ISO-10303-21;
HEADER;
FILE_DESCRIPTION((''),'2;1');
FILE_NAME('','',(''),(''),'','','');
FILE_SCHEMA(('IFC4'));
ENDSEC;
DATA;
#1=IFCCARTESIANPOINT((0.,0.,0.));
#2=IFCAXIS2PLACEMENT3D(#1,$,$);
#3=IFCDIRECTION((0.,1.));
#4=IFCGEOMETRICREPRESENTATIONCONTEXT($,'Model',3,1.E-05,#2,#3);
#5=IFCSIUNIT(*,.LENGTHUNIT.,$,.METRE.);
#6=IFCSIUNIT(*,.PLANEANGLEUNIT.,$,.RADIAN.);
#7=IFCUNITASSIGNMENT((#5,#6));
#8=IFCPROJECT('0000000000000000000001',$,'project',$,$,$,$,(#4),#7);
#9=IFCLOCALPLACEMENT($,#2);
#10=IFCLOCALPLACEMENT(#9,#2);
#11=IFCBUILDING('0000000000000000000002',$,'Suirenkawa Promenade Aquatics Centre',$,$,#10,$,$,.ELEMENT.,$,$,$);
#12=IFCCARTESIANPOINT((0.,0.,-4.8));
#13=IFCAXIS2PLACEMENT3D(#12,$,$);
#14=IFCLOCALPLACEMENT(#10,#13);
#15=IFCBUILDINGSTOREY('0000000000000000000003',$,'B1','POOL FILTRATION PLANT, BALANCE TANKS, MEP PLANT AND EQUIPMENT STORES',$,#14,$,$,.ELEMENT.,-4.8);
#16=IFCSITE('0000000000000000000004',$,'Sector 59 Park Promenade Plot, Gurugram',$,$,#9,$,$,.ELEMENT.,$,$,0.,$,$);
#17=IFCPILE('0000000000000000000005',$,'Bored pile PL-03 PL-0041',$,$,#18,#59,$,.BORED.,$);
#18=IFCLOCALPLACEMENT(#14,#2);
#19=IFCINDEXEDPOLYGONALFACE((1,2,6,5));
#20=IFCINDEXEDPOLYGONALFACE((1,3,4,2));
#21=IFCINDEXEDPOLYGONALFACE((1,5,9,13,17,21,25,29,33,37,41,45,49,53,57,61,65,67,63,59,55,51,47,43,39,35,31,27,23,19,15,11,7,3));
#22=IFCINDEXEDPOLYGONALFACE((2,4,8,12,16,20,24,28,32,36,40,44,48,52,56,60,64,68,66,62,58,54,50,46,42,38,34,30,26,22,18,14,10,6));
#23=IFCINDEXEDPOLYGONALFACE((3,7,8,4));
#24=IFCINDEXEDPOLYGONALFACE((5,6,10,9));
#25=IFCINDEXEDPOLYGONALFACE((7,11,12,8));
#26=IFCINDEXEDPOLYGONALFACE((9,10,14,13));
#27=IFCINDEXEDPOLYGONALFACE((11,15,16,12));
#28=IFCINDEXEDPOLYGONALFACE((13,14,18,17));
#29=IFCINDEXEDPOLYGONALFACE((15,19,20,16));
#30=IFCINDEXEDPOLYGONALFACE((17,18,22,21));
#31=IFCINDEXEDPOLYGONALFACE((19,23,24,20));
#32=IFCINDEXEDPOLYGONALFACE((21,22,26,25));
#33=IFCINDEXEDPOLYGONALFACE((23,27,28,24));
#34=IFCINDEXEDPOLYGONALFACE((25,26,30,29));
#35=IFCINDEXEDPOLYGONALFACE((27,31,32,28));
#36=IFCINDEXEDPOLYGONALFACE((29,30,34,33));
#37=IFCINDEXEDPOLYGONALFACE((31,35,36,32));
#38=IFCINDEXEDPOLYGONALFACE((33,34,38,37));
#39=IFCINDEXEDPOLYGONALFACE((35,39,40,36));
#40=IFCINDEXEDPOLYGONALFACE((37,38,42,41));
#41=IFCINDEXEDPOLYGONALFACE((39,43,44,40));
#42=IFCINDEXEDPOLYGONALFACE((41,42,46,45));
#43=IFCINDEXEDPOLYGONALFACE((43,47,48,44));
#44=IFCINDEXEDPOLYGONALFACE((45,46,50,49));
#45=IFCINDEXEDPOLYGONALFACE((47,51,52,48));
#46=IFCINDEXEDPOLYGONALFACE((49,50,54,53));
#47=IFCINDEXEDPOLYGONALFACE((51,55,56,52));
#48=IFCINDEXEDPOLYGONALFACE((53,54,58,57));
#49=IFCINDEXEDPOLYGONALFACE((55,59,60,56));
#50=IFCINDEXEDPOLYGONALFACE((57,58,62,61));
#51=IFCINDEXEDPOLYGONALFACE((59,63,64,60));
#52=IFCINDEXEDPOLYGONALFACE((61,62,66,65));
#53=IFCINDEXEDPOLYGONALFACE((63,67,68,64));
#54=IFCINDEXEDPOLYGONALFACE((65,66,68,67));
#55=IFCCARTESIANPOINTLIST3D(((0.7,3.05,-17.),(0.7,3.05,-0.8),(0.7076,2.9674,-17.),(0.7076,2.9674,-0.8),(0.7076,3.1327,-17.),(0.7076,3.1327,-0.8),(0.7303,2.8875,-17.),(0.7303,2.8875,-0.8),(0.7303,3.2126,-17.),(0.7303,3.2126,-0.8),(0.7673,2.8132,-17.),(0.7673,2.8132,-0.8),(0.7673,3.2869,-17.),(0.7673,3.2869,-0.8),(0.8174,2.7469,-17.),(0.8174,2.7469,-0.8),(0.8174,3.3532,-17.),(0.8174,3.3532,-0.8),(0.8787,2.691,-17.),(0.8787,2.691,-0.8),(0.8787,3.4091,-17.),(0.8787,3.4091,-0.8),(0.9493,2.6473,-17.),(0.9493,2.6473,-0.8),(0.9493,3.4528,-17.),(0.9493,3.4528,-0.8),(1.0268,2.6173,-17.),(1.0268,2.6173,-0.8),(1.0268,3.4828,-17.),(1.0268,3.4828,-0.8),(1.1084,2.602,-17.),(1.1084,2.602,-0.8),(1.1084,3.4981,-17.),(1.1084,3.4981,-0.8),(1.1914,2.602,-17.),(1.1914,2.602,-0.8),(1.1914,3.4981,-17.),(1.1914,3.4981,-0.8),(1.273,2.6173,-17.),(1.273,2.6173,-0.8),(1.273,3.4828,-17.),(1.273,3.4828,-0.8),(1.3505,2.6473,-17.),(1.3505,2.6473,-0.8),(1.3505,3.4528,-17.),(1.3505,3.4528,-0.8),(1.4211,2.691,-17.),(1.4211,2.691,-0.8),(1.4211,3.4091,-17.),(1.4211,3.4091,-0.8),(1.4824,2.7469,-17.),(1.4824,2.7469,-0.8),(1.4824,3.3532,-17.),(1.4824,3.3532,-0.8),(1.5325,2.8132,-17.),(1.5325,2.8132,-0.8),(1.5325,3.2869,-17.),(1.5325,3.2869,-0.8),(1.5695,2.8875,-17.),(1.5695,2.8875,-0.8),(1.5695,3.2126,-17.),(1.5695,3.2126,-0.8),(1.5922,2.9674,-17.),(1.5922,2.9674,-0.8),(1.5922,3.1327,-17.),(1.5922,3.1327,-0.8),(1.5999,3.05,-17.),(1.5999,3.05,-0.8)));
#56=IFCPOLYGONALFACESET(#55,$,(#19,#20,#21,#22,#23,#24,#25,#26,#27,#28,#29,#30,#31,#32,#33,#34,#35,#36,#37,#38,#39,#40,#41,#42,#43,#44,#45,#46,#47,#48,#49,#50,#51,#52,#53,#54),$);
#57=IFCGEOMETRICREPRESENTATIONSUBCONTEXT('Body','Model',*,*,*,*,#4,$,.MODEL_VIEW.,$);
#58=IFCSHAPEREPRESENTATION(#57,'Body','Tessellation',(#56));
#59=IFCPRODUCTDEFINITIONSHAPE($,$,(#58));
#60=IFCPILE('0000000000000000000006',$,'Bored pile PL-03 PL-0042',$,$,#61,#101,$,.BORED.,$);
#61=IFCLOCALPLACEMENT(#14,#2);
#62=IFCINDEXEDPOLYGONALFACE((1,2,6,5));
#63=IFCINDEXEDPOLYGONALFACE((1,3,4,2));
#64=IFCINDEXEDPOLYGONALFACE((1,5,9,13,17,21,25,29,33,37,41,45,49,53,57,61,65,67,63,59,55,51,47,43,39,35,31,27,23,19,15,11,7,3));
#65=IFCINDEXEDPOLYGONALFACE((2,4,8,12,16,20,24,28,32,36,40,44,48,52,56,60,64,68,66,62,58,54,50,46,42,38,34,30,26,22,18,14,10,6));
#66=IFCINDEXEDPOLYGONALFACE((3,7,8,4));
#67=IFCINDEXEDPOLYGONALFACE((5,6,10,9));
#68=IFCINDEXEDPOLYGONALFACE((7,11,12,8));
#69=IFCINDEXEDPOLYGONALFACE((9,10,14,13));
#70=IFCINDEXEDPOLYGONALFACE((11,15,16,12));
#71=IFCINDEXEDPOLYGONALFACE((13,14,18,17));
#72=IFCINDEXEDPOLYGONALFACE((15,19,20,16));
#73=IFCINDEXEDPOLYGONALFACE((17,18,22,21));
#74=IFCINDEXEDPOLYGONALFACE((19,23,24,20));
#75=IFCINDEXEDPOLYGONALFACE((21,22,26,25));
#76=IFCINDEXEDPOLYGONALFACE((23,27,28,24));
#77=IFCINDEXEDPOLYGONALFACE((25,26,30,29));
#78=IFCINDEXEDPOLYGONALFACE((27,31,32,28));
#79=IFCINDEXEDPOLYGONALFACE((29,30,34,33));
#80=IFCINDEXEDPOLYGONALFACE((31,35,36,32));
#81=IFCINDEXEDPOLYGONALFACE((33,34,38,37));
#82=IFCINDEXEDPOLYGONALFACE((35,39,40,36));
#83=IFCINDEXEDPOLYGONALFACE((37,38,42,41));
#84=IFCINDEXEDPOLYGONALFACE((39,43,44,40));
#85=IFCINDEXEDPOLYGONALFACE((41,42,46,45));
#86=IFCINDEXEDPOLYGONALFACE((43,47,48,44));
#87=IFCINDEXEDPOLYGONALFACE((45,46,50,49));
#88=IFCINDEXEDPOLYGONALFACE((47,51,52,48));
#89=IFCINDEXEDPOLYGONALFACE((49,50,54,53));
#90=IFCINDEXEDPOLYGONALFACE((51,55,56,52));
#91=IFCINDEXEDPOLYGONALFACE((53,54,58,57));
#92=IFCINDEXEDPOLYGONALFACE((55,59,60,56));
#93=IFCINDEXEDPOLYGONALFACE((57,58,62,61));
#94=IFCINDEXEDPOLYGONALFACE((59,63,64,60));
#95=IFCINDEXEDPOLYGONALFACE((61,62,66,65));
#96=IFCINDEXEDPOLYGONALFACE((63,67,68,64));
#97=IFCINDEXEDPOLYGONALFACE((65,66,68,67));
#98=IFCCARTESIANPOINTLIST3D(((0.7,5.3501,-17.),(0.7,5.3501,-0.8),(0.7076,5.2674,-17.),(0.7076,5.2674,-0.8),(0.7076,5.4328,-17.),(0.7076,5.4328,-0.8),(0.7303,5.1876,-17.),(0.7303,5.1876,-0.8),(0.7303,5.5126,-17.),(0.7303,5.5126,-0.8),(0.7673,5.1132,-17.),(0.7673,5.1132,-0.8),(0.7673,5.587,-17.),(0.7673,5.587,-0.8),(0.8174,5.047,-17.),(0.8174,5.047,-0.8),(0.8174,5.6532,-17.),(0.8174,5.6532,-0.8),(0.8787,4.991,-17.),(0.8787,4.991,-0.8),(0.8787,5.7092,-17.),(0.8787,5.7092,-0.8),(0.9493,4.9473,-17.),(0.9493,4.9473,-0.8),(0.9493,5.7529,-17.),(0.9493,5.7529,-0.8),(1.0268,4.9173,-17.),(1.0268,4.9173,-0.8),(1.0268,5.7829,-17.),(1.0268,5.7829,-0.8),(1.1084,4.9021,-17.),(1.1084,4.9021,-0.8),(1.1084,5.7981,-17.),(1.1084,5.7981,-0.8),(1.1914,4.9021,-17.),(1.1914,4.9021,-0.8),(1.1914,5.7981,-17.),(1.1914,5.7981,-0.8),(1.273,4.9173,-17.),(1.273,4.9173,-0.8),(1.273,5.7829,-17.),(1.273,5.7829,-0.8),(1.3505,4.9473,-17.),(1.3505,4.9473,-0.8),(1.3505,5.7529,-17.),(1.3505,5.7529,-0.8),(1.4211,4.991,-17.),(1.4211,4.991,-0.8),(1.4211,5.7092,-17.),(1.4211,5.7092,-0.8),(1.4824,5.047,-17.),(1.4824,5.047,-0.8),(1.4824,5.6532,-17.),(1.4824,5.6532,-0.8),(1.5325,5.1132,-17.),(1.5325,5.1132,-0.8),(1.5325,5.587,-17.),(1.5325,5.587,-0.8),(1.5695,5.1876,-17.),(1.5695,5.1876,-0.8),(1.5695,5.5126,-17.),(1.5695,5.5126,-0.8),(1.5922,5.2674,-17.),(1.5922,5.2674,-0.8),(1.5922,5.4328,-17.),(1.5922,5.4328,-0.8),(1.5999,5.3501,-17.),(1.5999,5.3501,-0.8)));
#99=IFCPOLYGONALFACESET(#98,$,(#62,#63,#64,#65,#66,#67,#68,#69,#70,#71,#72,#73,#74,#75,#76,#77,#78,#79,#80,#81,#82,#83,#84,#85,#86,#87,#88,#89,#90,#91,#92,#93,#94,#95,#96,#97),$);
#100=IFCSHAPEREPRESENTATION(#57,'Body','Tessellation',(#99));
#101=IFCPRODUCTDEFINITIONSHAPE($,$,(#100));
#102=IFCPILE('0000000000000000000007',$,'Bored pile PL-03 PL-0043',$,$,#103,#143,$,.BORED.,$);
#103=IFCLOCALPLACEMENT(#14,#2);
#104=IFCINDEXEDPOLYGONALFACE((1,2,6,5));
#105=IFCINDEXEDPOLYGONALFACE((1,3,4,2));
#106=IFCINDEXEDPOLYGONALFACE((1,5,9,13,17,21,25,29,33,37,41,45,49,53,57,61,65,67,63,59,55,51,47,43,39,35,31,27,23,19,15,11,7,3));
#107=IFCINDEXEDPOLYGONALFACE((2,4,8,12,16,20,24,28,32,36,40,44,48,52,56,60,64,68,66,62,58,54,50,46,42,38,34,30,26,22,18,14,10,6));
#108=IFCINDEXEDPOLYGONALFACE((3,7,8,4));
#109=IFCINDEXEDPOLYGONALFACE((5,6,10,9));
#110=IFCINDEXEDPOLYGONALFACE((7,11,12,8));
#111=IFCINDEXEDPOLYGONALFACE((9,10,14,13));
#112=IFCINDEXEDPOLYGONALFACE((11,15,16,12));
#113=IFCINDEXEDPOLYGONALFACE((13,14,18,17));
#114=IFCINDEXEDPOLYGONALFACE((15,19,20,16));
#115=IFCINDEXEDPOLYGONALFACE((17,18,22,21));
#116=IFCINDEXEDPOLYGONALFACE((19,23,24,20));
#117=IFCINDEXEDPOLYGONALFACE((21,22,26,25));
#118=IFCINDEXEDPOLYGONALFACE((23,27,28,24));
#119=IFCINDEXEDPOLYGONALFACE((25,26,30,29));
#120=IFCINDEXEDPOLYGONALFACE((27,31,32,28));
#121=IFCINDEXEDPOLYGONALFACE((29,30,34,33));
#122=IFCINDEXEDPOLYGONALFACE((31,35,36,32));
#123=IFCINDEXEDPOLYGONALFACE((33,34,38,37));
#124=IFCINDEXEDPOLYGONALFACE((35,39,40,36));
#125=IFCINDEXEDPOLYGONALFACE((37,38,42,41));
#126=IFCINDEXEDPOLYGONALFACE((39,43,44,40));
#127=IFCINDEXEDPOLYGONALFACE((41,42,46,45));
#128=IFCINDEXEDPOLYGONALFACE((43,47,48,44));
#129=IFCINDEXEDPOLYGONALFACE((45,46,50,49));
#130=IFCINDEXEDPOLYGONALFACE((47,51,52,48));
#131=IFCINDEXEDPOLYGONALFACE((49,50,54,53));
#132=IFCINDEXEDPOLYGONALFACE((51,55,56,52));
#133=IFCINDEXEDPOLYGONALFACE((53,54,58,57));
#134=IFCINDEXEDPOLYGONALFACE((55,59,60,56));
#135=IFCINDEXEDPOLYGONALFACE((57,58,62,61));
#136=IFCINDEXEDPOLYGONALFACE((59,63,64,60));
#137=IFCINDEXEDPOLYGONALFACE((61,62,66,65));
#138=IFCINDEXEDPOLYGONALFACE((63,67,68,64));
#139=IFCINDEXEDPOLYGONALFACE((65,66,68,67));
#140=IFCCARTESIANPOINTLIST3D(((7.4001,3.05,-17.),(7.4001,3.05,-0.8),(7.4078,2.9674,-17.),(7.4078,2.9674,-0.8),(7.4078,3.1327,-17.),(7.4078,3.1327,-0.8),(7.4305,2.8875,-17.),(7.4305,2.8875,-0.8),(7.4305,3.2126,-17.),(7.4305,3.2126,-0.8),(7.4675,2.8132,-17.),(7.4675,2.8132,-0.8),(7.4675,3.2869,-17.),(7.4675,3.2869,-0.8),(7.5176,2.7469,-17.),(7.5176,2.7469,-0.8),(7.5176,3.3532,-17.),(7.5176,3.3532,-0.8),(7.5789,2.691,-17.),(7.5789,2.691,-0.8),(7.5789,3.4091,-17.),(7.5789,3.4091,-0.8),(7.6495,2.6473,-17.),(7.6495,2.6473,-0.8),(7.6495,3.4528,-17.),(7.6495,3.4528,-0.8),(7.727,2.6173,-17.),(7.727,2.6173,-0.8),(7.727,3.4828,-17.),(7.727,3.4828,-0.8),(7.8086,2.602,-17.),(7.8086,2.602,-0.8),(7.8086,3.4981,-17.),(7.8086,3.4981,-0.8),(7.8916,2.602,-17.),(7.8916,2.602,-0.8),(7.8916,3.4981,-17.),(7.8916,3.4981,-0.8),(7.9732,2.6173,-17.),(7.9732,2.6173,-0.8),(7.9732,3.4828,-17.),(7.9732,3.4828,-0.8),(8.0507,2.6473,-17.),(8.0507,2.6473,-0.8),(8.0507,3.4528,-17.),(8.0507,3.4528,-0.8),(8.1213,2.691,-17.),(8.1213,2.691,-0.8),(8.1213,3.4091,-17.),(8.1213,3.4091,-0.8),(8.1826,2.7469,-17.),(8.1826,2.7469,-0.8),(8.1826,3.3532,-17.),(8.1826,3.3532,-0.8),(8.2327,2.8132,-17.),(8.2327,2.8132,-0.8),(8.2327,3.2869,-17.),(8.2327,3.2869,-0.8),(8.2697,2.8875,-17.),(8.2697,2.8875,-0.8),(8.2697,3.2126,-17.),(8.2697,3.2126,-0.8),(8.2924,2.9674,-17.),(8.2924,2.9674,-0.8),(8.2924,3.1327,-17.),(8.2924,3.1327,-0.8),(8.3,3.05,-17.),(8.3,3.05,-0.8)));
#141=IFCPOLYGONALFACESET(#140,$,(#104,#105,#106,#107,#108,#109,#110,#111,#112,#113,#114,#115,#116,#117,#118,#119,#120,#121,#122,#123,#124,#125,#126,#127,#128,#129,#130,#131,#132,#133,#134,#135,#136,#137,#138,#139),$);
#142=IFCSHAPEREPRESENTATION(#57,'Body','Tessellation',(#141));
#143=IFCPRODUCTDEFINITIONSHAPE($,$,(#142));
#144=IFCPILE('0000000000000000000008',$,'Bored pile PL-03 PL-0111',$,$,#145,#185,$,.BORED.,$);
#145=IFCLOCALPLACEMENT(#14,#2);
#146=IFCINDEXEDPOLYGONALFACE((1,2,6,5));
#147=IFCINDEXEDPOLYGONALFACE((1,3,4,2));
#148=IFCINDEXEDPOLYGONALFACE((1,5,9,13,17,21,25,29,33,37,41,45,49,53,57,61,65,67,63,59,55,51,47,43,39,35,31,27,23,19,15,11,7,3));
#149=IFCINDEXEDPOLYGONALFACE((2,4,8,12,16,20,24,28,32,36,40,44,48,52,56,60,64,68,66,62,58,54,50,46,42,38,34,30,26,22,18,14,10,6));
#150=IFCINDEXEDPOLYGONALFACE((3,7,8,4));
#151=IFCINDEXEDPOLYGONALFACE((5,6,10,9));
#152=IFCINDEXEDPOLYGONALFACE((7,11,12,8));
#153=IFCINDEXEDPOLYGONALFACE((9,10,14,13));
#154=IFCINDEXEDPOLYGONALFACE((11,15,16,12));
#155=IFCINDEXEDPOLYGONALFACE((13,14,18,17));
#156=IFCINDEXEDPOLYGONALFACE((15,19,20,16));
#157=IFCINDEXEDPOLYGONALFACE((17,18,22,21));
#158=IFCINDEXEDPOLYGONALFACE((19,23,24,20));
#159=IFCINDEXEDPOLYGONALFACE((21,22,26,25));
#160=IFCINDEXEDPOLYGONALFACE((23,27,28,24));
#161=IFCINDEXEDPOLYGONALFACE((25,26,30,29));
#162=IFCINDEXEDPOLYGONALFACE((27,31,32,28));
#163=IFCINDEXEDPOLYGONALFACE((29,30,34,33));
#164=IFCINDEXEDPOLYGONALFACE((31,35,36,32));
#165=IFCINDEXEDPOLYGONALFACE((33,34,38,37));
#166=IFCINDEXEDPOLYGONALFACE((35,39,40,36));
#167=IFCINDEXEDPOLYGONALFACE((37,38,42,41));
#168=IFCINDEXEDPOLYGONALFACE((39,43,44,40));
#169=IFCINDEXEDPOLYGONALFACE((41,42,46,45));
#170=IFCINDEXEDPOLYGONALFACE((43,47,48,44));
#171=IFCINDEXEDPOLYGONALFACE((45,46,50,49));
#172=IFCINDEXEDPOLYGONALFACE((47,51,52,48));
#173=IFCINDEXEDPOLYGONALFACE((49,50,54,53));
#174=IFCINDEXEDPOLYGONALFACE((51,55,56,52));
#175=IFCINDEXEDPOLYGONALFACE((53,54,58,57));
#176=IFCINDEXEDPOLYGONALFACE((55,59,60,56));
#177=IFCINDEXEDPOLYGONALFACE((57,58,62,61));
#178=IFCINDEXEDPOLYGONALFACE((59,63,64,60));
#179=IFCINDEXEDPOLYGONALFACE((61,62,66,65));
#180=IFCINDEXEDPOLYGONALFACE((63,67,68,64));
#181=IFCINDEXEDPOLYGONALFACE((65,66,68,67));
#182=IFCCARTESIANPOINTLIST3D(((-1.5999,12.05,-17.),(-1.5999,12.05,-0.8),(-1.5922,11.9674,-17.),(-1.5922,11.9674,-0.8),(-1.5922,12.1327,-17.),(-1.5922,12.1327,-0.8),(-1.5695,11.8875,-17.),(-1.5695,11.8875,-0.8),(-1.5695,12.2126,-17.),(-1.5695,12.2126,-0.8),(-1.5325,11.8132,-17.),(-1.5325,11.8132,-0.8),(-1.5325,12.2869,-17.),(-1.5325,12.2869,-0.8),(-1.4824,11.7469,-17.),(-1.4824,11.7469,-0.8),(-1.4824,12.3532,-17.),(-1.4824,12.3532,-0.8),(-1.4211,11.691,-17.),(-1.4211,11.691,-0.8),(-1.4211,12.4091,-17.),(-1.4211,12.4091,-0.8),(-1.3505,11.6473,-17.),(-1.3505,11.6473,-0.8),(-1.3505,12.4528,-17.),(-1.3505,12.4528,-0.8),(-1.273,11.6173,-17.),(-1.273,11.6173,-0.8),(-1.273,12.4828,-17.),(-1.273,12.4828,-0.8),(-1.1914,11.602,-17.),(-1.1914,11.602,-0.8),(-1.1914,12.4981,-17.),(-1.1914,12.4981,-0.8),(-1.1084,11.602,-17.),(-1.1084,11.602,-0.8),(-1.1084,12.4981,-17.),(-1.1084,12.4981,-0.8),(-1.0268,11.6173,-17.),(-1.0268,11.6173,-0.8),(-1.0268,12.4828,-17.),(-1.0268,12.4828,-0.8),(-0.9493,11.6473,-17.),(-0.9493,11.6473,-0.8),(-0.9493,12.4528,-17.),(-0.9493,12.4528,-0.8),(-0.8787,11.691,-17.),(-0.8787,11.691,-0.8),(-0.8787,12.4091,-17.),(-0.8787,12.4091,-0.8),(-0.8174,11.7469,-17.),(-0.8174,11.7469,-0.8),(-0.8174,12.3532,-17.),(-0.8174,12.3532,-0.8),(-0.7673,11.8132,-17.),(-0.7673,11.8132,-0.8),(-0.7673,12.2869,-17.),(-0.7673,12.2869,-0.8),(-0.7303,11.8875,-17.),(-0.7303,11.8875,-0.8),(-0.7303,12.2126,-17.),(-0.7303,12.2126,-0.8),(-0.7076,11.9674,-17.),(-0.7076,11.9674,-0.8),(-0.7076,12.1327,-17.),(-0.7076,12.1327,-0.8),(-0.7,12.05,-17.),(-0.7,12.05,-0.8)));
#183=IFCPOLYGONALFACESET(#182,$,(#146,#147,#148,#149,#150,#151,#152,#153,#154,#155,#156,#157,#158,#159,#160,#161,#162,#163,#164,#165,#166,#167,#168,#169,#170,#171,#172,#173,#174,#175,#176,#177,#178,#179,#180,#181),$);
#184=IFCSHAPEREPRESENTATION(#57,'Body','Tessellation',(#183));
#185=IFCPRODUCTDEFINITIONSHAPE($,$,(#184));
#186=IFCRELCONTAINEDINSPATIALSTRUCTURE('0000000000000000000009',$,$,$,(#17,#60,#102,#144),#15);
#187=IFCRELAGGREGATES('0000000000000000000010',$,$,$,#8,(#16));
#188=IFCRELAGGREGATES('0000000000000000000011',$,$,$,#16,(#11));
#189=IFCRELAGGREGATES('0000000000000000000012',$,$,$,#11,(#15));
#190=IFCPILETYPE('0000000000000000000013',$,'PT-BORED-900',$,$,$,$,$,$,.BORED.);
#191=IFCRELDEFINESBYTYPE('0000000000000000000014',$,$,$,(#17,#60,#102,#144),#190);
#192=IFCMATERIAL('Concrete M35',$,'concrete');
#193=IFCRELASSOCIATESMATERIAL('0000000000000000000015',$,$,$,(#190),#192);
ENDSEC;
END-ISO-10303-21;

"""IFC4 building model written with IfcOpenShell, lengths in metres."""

from ifc_helpers import new_model, si_unit, direction, frame, origin, origin_2d, place, context, subcontext, project, spatial, circle, extrude, material, material_profile, profile_set, type_object, element, save


model = new_model("IFC4")

# Units and contexts
model_context = context("Model", 3, precision=1e-05, world=origin(), true_north=direction((0.0, 1.0)))
body_context = subcontext(model_context, "Body", "Model", "MODEL_VIEW")
ifc_project = project(units=[si_unit("LENGTHUNIT", "METRE"), si_unit("PLANEANGLEUNIT", "RADIAN")], contexts=[model_context])

# Site, building, storey
site_placement = place(None, origin())
site = spatial("IfcSite", under=ifc_project, at=site_placement, Name="Sector 59 Park Promenade Plot, Gurugram", CompositionType="ELEMENT", RefElevation=0.0)
building_placement = place(site_placement, origin())
building = spatial("IfcBuilding", under=site, at=building_placement, Name="Suirenkawa Promenade Aquatics Centre", CompositionType="ELEMENT")
storey_placement = place(building_placement, frame((0.0, 0.0, -4.8)))
storey = spatial("IfcBuildingStorey", under=building, at=storey_placement, Name="B1", Description="POOL FILTRATION PLANT, BALANCE TANKS, MEP PLANT AND EQUIPMENT STORES", CompositionType="ELEMENT", Elevation=-4.8)

# Shared definitions
ifc_material_1 = material(Name="Concrete M35", Category="concrete")

# Piles
ifc_material_profile_1 = material_profile(ifc_material_1, circle(Radius=0.45, at=origin_2d()), Name="PILE D900", Category="concrete")
ifc_profile_set_1 = profile_set([ifc_material_profile_1], Name="Concrete M35")
pile_type = type_object("IfcPileType", Name="PT-BORED-900", PredefinedType="BORED", material=ifc_profile_set_1)
for number, where, z_axis, x_axis, name in (
    (1, (1.1499, 3.05, -0.8), (0.0, 0.0, -1.0), (1.0, 0.0, 0.0), "Bored pile PL-03 PL-0041"),
    (2, (1.1499, 5.3501, -0.8), (0.0, 0.0, -1.0), (1.0, 0.0, 0.0), "Bored pile PL-03 PL-0042"),
    (3, (7.8501, 3.05, -0.8), (0.0, 0.0, -1.0), (1.0, 0.0, 0.0), "Bored pile PL-03 PL-0043"),
    (4, (-1.1499, 12.05, -0.8), (0.0, 0.0, -1.0), (1.0, 0.0, 0.0), "Bored pile PL-03 PL-0111"),
):
    element("IfcPile", number, at=place(storey_placement, frame(where, z_axis=z_axis, x_axis=x_axis)), inside=storey, type_object=pile_type, Name=name, PredefinedType="BORED", context=body_context, shape_type="SweptSolid", body=[
        extrude(circle(Radius=0.45, at=origin_2d()), origin(), (0.0, 0.0, 1.0), 16.2),
    ])

save(model, "model.ifc")
